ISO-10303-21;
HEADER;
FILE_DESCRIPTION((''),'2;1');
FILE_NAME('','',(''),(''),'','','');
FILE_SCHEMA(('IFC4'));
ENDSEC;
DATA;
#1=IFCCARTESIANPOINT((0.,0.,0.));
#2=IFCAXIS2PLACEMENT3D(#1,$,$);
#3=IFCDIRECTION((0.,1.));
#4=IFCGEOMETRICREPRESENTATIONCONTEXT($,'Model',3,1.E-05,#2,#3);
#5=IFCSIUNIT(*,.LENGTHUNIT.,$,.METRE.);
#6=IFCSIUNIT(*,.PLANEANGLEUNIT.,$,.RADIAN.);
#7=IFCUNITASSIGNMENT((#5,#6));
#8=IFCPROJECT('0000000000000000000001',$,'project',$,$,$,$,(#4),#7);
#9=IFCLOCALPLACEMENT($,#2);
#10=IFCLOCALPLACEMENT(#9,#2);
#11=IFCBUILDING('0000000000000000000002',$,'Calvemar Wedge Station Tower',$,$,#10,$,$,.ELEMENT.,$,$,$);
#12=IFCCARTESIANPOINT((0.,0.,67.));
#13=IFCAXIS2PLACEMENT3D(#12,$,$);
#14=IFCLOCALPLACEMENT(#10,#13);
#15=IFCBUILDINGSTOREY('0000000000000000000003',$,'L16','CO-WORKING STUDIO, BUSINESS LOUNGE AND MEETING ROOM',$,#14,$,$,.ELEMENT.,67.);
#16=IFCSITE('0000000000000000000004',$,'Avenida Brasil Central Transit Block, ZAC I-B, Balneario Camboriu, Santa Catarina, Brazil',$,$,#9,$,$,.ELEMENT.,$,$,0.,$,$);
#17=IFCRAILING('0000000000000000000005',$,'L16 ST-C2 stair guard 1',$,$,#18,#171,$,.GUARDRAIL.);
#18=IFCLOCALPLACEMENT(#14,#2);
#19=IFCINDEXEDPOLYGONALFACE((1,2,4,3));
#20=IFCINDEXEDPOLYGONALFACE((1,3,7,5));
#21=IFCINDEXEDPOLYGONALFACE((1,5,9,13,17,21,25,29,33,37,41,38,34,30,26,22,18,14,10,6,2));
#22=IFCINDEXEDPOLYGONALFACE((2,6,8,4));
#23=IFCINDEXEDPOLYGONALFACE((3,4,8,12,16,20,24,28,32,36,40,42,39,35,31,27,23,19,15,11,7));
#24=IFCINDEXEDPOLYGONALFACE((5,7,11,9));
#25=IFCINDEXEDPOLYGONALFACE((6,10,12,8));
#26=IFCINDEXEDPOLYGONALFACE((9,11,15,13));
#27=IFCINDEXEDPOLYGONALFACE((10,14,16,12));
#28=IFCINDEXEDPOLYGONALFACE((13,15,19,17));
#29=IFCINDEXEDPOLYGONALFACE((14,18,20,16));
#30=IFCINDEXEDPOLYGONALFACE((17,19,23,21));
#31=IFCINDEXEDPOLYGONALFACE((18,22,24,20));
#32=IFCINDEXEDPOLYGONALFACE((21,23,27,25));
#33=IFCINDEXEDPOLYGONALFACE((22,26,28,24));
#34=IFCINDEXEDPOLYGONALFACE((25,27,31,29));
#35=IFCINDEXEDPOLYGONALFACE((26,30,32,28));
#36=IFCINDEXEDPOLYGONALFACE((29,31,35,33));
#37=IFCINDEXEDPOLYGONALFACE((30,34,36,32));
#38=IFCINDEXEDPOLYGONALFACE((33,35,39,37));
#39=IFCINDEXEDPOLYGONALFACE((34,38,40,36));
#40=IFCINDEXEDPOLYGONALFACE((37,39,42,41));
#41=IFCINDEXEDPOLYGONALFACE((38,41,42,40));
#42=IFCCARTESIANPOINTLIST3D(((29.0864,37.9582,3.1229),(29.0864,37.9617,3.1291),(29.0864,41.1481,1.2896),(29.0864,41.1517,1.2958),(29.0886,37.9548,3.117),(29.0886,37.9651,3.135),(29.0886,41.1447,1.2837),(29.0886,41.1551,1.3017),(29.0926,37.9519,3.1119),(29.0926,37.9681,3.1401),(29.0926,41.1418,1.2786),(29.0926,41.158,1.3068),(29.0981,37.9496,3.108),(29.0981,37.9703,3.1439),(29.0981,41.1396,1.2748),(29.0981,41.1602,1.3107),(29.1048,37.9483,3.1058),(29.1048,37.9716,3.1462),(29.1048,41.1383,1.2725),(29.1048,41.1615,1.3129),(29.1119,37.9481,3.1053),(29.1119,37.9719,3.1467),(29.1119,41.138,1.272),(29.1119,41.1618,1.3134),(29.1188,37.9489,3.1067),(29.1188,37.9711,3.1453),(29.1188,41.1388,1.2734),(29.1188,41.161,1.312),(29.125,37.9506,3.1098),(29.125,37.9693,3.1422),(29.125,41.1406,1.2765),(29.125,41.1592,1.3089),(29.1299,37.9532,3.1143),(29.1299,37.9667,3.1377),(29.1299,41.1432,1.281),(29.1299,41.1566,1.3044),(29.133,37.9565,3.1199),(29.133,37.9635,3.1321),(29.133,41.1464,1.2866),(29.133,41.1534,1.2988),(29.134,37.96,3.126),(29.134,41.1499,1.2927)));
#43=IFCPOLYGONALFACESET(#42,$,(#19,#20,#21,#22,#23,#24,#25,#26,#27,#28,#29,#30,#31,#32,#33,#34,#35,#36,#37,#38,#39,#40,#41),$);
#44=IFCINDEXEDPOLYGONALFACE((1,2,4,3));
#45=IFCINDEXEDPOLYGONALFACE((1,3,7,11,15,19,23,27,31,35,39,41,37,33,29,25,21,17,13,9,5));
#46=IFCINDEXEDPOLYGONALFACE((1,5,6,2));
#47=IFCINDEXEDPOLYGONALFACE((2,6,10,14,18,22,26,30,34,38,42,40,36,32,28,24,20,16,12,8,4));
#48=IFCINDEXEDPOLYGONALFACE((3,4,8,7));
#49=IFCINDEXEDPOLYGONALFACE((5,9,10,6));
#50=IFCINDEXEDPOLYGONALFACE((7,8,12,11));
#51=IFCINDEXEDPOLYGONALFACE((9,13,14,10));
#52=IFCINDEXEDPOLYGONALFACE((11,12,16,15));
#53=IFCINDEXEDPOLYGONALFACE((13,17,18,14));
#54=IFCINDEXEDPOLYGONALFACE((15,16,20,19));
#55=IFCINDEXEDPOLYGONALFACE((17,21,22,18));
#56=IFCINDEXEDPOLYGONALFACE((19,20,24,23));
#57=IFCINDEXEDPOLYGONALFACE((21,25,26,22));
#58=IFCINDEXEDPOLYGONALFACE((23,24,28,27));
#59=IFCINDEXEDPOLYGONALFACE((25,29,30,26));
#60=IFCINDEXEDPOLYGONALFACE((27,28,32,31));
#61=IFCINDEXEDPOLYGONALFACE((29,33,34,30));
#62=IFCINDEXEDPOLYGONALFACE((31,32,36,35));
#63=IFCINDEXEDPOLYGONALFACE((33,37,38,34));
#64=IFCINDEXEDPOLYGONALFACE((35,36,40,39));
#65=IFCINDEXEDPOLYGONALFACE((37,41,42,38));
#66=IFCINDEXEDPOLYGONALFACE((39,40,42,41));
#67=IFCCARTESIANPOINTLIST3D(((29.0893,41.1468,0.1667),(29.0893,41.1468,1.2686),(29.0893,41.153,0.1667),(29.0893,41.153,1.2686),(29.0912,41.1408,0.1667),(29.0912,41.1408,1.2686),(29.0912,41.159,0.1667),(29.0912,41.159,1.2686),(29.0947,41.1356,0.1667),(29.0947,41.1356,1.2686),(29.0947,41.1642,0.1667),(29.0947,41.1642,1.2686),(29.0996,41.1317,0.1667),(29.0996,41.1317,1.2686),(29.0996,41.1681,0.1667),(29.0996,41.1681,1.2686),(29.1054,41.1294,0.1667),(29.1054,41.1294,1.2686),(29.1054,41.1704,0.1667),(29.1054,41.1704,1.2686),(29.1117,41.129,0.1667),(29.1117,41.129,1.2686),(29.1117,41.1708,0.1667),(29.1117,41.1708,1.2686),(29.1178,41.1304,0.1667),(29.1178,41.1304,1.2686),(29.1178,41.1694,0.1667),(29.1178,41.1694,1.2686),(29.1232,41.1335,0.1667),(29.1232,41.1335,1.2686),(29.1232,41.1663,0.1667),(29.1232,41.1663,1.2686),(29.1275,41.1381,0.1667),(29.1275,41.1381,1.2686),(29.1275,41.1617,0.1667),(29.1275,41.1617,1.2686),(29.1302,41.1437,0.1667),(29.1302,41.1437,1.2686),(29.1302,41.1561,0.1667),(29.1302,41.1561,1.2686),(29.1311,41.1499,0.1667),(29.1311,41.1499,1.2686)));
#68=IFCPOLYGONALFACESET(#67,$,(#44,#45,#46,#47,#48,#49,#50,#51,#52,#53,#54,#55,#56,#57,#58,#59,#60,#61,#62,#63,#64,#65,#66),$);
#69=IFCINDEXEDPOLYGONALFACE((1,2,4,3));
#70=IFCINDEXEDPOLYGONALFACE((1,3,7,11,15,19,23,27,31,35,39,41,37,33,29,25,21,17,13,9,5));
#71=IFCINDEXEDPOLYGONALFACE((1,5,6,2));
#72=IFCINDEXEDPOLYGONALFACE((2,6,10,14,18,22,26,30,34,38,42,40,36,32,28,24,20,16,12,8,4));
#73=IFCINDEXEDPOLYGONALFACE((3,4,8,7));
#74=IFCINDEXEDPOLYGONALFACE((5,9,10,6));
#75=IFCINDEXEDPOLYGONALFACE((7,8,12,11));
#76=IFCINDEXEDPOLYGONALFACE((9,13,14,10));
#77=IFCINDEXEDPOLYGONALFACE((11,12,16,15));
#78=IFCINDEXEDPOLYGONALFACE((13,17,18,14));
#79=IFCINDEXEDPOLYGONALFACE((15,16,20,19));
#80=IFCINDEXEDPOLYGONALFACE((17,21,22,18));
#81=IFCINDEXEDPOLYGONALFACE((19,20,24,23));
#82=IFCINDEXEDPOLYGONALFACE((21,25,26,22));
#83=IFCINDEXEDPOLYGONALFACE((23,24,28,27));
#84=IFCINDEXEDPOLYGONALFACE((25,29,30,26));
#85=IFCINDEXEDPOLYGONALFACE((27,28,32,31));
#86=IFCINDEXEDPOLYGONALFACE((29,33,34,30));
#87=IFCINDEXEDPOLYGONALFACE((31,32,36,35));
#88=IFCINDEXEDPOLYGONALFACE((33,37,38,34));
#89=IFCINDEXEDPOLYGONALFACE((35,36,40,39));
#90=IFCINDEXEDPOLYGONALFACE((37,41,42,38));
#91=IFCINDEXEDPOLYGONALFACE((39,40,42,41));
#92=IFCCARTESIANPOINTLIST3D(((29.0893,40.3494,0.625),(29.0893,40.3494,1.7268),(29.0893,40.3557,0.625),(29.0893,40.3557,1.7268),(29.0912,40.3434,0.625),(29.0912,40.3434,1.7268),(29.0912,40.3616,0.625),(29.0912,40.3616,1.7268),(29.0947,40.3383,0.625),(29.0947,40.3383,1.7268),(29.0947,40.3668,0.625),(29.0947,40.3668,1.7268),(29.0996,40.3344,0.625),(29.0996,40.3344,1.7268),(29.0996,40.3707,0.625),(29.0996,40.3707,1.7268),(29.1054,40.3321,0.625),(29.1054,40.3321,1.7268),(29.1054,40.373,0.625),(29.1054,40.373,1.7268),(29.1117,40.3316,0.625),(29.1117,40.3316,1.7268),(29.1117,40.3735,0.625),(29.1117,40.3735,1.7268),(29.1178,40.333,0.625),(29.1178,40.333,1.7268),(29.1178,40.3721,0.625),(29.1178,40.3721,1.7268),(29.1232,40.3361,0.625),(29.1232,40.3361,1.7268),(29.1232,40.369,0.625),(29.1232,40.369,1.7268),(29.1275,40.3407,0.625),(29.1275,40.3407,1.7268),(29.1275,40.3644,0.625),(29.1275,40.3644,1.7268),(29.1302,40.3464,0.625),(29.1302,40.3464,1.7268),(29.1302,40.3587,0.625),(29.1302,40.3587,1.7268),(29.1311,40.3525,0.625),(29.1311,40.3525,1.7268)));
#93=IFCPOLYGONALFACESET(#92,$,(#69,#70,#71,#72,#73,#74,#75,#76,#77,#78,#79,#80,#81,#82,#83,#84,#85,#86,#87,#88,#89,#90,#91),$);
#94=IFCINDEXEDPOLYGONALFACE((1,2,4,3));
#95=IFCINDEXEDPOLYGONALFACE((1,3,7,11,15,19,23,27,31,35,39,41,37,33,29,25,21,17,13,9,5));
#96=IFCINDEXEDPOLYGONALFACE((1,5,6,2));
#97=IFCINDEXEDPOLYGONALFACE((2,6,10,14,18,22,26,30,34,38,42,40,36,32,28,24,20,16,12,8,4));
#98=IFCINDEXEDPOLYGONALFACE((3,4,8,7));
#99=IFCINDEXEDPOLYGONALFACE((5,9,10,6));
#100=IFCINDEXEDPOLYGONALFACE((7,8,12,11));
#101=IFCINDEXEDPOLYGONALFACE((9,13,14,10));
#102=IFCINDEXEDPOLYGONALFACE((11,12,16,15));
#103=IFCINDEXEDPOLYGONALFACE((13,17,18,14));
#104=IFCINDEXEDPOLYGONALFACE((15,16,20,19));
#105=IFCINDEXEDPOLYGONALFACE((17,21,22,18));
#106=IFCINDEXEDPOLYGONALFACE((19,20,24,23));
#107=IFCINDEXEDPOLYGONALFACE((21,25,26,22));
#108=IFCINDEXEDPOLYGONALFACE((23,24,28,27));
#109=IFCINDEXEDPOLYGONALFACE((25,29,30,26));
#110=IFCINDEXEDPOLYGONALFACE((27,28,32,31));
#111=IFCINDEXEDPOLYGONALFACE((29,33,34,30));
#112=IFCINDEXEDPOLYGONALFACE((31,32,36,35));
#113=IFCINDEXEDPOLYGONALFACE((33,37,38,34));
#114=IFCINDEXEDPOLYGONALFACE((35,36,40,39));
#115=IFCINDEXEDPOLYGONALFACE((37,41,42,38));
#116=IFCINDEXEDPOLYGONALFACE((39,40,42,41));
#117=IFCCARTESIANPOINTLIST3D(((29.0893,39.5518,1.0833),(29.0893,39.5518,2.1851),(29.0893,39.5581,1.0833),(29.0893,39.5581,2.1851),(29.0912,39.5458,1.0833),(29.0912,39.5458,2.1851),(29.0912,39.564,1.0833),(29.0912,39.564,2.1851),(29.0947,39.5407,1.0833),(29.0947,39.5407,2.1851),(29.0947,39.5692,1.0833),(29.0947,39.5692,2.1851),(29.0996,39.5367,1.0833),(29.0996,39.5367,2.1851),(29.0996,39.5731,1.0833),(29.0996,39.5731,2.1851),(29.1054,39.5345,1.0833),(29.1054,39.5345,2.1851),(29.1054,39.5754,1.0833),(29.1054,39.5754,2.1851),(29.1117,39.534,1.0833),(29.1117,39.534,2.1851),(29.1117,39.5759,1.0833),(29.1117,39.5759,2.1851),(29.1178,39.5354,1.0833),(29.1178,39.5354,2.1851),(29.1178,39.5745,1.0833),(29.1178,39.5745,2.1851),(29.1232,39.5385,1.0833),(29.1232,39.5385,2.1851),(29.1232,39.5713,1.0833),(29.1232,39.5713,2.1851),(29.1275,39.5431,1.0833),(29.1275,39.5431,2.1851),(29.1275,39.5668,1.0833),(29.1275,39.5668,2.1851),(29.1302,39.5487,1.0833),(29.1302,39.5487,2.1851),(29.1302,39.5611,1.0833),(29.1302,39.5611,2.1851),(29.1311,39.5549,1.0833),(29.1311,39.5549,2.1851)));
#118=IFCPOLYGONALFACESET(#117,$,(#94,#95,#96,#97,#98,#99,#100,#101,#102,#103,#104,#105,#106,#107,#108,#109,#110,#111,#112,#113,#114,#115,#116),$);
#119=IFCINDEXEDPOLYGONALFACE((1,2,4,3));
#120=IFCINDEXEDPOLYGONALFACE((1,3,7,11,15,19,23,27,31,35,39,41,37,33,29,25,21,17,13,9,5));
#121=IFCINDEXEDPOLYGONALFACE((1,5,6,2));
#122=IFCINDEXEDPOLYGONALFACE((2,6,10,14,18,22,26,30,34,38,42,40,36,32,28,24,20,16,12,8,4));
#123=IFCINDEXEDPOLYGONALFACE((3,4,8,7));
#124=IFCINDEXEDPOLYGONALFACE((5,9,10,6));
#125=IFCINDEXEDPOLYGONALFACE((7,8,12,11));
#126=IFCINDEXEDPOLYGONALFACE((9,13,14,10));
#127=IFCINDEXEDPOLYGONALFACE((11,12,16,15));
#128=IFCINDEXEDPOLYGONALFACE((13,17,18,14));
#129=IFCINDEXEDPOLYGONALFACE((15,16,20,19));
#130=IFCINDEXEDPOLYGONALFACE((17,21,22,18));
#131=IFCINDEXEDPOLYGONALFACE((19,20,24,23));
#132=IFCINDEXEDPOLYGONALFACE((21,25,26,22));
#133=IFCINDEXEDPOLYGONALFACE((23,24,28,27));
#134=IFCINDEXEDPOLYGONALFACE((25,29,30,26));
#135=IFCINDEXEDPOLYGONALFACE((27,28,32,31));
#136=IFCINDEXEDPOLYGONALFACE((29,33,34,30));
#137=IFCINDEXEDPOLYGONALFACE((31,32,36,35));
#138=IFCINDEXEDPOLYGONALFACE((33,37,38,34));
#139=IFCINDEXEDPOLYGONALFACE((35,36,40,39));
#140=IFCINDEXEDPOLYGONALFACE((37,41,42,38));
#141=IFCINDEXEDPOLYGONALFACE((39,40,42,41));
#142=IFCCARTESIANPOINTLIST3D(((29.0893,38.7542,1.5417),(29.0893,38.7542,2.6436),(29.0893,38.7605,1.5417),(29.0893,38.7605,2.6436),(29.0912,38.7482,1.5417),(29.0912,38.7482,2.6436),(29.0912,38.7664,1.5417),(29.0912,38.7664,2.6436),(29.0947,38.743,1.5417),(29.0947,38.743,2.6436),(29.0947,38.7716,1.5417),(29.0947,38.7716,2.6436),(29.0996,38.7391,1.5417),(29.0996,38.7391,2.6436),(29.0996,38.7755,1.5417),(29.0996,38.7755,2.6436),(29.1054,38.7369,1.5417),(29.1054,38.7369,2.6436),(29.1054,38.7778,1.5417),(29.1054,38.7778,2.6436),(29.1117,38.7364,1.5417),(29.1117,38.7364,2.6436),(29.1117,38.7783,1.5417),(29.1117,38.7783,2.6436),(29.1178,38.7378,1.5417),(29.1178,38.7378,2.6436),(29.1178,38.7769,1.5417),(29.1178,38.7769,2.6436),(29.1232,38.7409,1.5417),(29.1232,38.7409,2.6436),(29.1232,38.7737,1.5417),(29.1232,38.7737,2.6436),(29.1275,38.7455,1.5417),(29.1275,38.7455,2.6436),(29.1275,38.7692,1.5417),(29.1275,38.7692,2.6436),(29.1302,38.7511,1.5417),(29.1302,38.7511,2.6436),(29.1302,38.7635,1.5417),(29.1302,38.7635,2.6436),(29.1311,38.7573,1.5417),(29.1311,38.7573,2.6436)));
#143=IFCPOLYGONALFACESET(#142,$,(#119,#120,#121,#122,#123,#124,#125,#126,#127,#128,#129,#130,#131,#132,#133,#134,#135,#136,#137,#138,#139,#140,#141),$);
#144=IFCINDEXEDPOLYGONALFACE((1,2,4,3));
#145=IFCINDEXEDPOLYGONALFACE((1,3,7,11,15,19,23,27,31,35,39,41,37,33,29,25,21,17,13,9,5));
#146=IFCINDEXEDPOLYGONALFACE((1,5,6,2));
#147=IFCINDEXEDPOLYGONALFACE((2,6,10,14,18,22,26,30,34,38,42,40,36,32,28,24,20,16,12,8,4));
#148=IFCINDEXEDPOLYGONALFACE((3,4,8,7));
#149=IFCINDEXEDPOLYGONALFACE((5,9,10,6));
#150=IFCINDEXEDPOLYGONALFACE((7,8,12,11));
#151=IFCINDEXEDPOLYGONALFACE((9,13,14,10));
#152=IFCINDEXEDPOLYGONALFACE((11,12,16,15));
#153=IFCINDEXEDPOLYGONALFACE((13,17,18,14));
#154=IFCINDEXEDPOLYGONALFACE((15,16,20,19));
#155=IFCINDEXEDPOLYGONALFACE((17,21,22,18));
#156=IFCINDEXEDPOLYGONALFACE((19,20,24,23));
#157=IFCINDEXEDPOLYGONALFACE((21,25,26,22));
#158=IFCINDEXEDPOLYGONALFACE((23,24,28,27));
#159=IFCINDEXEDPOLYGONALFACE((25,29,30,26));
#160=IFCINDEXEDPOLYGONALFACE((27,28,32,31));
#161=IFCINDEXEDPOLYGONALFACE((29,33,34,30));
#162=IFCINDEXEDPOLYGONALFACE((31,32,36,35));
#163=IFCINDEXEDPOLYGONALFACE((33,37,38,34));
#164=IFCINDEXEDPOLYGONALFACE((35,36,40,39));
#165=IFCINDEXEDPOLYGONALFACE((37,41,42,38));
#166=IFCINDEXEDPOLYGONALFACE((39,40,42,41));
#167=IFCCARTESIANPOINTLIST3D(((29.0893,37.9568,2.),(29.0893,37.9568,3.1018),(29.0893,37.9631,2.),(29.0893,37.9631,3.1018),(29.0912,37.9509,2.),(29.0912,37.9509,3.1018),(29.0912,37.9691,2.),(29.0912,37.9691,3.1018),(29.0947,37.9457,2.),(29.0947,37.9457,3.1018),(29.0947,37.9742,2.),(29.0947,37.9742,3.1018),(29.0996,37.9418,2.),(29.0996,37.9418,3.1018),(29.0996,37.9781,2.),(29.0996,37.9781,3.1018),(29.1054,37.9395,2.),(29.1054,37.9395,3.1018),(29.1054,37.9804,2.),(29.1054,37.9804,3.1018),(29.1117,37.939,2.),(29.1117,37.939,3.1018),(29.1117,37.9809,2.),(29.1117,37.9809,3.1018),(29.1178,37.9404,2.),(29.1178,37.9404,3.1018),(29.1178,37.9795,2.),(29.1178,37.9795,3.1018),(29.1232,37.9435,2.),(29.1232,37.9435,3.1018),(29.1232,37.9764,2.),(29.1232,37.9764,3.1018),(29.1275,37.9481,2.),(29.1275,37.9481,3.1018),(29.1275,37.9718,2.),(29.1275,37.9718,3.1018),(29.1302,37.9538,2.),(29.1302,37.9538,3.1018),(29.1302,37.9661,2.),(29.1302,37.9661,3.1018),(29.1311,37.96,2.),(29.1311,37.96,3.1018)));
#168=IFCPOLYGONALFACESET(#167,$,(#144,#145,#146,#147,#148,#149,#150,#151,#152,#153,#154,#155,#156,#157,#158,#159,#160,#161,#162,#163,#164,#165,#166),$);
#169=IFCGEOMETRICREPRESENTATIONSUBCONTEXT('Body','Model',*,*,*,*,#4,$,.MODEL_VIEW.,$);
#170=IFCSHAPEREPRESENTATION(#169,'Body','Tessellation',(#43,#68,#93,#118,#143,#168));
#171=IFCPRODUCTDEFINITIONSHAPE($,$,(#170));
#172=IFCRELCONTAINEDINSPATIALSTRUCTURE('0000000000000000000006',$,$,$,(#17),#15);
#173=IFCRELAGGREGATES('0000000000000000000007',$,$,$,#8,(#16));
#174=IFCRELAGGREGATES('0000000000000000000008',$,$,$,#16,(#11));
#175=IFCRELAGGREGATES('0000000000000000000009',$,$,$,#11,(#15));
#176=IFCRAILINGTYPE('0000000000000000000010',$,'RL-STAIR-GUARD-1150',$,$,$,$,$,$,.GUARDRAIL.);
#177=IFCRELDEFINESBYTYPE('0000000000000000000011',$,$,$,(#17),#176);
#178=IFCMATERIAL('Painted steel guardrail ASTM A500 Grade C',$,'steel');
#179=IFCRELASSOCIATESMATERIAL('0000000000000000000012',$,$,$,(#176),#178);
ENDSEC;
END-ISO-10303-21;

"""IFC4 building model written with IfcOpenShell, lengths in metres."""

from ifc_helpers import new_model, si_unit, direction, frame, origin, origin_2d, place, context, subcontext, project, spatial, circle, extrude, material, type_object, element, save


model = new_model("IFC4")

# Units and contexts
model_context = context("Model", 3, precision=1e-05, world=origin(), true_north=direction((0.0, 1.0)))
body_context = subcontext(model_context, "Body", "Model", "MODEL_VIEW")
ifc_project = project(units=[si_unit("LENGTHUNIT", "METRE"), si_unit("PLANEANGLEUNIT", "RADIAN")], contexts=[model_context])

# Site, building, storey
site_placement = place(None, origin())
site = spatial("IfcSite", under=ifc_project, at=site_placement, Name="Avenida Brasil Central Transit Block, ZAC I-B, Balneario Camboriu, Santa Catarina, Brazil", CompositionType="ELEMENT", RefElevation=0.0)
building_placement = place(site_placement, origin())
building = spatial("IfcBuilding", under=site, at=building_placement, Name="Calvemar Wedge Station Tower", CompositionType="ELEMENT")
storey_placement = place(building_placement, frame((0.0, 0.0, 67.0)))
storey = spatial("IfcBuildingStorey", under=building, at=storey_placement, Name="L16", Description="CO-WORKING STUDIO, BUSINESS LOUNGE AND MEETING ROOM", CompositionType="ELEMENT", Elevation=67.0)

# Railing
ifc_material_1 = material(Name="Painted steel guardrail ASTM A500 Grade C", Category="steel")
railing_type_1 = type_object("IfcRailingType", Name="RL-STAIR-GUARD-1150", PredefinedType="GUARDRAIL", material=ifc_material_1)
railing_1_placement = place(storey_placement, frame((29.1101, 41.1499, 0.1667)))
element("IfcRailing", 1, at=railing_1_placement, inside=storey, type_object=railing_type_1, Name="L16 ST-C2 stair guard 1", PredefinedType="GUARDRAIL", context=body_context, shape_type="SweptSolid", body=[
    extrude(circle(Radius=0.0239, at=origin_2d()), frame((0.0, 0.0, 1.126), z_axis=(0.0, -0.86702, 0.498274), x_axis=(1.0, 0.0, 0.0)), (0.0, 0.0, 1.0), 3.6792),
    extrude(circle(Radius=0.021, at=origin_2d()), origin(), (0.0, 0.0, 1.0), 1.1018),
    extrude(circle(Radius=0.021, at=origin_2d()), frame((0.0, -0.7974, 0.4583)), (0.0, 0.0, 1.0), 1.1018),
    extrude(circle(Radius=0.021, at=origin_2d()), frame((0.0, -1.595, 0.9165)), (0.0, 0.0, 1.0), 1.1018),
    extrude(circle(Radius=0.021, at=origin_2d()), frame((0.0, -2.3926, 1.375)), (0.0, 0.0, 1.0), 1.1018),
    extrude(circle(Radius=0.021, at=origin_2d()), frame((0.0, -3.1899, 1.8333)), (0.0, 0.0, 1.0), 1.1018),
])

save(model, "model.ifc")
